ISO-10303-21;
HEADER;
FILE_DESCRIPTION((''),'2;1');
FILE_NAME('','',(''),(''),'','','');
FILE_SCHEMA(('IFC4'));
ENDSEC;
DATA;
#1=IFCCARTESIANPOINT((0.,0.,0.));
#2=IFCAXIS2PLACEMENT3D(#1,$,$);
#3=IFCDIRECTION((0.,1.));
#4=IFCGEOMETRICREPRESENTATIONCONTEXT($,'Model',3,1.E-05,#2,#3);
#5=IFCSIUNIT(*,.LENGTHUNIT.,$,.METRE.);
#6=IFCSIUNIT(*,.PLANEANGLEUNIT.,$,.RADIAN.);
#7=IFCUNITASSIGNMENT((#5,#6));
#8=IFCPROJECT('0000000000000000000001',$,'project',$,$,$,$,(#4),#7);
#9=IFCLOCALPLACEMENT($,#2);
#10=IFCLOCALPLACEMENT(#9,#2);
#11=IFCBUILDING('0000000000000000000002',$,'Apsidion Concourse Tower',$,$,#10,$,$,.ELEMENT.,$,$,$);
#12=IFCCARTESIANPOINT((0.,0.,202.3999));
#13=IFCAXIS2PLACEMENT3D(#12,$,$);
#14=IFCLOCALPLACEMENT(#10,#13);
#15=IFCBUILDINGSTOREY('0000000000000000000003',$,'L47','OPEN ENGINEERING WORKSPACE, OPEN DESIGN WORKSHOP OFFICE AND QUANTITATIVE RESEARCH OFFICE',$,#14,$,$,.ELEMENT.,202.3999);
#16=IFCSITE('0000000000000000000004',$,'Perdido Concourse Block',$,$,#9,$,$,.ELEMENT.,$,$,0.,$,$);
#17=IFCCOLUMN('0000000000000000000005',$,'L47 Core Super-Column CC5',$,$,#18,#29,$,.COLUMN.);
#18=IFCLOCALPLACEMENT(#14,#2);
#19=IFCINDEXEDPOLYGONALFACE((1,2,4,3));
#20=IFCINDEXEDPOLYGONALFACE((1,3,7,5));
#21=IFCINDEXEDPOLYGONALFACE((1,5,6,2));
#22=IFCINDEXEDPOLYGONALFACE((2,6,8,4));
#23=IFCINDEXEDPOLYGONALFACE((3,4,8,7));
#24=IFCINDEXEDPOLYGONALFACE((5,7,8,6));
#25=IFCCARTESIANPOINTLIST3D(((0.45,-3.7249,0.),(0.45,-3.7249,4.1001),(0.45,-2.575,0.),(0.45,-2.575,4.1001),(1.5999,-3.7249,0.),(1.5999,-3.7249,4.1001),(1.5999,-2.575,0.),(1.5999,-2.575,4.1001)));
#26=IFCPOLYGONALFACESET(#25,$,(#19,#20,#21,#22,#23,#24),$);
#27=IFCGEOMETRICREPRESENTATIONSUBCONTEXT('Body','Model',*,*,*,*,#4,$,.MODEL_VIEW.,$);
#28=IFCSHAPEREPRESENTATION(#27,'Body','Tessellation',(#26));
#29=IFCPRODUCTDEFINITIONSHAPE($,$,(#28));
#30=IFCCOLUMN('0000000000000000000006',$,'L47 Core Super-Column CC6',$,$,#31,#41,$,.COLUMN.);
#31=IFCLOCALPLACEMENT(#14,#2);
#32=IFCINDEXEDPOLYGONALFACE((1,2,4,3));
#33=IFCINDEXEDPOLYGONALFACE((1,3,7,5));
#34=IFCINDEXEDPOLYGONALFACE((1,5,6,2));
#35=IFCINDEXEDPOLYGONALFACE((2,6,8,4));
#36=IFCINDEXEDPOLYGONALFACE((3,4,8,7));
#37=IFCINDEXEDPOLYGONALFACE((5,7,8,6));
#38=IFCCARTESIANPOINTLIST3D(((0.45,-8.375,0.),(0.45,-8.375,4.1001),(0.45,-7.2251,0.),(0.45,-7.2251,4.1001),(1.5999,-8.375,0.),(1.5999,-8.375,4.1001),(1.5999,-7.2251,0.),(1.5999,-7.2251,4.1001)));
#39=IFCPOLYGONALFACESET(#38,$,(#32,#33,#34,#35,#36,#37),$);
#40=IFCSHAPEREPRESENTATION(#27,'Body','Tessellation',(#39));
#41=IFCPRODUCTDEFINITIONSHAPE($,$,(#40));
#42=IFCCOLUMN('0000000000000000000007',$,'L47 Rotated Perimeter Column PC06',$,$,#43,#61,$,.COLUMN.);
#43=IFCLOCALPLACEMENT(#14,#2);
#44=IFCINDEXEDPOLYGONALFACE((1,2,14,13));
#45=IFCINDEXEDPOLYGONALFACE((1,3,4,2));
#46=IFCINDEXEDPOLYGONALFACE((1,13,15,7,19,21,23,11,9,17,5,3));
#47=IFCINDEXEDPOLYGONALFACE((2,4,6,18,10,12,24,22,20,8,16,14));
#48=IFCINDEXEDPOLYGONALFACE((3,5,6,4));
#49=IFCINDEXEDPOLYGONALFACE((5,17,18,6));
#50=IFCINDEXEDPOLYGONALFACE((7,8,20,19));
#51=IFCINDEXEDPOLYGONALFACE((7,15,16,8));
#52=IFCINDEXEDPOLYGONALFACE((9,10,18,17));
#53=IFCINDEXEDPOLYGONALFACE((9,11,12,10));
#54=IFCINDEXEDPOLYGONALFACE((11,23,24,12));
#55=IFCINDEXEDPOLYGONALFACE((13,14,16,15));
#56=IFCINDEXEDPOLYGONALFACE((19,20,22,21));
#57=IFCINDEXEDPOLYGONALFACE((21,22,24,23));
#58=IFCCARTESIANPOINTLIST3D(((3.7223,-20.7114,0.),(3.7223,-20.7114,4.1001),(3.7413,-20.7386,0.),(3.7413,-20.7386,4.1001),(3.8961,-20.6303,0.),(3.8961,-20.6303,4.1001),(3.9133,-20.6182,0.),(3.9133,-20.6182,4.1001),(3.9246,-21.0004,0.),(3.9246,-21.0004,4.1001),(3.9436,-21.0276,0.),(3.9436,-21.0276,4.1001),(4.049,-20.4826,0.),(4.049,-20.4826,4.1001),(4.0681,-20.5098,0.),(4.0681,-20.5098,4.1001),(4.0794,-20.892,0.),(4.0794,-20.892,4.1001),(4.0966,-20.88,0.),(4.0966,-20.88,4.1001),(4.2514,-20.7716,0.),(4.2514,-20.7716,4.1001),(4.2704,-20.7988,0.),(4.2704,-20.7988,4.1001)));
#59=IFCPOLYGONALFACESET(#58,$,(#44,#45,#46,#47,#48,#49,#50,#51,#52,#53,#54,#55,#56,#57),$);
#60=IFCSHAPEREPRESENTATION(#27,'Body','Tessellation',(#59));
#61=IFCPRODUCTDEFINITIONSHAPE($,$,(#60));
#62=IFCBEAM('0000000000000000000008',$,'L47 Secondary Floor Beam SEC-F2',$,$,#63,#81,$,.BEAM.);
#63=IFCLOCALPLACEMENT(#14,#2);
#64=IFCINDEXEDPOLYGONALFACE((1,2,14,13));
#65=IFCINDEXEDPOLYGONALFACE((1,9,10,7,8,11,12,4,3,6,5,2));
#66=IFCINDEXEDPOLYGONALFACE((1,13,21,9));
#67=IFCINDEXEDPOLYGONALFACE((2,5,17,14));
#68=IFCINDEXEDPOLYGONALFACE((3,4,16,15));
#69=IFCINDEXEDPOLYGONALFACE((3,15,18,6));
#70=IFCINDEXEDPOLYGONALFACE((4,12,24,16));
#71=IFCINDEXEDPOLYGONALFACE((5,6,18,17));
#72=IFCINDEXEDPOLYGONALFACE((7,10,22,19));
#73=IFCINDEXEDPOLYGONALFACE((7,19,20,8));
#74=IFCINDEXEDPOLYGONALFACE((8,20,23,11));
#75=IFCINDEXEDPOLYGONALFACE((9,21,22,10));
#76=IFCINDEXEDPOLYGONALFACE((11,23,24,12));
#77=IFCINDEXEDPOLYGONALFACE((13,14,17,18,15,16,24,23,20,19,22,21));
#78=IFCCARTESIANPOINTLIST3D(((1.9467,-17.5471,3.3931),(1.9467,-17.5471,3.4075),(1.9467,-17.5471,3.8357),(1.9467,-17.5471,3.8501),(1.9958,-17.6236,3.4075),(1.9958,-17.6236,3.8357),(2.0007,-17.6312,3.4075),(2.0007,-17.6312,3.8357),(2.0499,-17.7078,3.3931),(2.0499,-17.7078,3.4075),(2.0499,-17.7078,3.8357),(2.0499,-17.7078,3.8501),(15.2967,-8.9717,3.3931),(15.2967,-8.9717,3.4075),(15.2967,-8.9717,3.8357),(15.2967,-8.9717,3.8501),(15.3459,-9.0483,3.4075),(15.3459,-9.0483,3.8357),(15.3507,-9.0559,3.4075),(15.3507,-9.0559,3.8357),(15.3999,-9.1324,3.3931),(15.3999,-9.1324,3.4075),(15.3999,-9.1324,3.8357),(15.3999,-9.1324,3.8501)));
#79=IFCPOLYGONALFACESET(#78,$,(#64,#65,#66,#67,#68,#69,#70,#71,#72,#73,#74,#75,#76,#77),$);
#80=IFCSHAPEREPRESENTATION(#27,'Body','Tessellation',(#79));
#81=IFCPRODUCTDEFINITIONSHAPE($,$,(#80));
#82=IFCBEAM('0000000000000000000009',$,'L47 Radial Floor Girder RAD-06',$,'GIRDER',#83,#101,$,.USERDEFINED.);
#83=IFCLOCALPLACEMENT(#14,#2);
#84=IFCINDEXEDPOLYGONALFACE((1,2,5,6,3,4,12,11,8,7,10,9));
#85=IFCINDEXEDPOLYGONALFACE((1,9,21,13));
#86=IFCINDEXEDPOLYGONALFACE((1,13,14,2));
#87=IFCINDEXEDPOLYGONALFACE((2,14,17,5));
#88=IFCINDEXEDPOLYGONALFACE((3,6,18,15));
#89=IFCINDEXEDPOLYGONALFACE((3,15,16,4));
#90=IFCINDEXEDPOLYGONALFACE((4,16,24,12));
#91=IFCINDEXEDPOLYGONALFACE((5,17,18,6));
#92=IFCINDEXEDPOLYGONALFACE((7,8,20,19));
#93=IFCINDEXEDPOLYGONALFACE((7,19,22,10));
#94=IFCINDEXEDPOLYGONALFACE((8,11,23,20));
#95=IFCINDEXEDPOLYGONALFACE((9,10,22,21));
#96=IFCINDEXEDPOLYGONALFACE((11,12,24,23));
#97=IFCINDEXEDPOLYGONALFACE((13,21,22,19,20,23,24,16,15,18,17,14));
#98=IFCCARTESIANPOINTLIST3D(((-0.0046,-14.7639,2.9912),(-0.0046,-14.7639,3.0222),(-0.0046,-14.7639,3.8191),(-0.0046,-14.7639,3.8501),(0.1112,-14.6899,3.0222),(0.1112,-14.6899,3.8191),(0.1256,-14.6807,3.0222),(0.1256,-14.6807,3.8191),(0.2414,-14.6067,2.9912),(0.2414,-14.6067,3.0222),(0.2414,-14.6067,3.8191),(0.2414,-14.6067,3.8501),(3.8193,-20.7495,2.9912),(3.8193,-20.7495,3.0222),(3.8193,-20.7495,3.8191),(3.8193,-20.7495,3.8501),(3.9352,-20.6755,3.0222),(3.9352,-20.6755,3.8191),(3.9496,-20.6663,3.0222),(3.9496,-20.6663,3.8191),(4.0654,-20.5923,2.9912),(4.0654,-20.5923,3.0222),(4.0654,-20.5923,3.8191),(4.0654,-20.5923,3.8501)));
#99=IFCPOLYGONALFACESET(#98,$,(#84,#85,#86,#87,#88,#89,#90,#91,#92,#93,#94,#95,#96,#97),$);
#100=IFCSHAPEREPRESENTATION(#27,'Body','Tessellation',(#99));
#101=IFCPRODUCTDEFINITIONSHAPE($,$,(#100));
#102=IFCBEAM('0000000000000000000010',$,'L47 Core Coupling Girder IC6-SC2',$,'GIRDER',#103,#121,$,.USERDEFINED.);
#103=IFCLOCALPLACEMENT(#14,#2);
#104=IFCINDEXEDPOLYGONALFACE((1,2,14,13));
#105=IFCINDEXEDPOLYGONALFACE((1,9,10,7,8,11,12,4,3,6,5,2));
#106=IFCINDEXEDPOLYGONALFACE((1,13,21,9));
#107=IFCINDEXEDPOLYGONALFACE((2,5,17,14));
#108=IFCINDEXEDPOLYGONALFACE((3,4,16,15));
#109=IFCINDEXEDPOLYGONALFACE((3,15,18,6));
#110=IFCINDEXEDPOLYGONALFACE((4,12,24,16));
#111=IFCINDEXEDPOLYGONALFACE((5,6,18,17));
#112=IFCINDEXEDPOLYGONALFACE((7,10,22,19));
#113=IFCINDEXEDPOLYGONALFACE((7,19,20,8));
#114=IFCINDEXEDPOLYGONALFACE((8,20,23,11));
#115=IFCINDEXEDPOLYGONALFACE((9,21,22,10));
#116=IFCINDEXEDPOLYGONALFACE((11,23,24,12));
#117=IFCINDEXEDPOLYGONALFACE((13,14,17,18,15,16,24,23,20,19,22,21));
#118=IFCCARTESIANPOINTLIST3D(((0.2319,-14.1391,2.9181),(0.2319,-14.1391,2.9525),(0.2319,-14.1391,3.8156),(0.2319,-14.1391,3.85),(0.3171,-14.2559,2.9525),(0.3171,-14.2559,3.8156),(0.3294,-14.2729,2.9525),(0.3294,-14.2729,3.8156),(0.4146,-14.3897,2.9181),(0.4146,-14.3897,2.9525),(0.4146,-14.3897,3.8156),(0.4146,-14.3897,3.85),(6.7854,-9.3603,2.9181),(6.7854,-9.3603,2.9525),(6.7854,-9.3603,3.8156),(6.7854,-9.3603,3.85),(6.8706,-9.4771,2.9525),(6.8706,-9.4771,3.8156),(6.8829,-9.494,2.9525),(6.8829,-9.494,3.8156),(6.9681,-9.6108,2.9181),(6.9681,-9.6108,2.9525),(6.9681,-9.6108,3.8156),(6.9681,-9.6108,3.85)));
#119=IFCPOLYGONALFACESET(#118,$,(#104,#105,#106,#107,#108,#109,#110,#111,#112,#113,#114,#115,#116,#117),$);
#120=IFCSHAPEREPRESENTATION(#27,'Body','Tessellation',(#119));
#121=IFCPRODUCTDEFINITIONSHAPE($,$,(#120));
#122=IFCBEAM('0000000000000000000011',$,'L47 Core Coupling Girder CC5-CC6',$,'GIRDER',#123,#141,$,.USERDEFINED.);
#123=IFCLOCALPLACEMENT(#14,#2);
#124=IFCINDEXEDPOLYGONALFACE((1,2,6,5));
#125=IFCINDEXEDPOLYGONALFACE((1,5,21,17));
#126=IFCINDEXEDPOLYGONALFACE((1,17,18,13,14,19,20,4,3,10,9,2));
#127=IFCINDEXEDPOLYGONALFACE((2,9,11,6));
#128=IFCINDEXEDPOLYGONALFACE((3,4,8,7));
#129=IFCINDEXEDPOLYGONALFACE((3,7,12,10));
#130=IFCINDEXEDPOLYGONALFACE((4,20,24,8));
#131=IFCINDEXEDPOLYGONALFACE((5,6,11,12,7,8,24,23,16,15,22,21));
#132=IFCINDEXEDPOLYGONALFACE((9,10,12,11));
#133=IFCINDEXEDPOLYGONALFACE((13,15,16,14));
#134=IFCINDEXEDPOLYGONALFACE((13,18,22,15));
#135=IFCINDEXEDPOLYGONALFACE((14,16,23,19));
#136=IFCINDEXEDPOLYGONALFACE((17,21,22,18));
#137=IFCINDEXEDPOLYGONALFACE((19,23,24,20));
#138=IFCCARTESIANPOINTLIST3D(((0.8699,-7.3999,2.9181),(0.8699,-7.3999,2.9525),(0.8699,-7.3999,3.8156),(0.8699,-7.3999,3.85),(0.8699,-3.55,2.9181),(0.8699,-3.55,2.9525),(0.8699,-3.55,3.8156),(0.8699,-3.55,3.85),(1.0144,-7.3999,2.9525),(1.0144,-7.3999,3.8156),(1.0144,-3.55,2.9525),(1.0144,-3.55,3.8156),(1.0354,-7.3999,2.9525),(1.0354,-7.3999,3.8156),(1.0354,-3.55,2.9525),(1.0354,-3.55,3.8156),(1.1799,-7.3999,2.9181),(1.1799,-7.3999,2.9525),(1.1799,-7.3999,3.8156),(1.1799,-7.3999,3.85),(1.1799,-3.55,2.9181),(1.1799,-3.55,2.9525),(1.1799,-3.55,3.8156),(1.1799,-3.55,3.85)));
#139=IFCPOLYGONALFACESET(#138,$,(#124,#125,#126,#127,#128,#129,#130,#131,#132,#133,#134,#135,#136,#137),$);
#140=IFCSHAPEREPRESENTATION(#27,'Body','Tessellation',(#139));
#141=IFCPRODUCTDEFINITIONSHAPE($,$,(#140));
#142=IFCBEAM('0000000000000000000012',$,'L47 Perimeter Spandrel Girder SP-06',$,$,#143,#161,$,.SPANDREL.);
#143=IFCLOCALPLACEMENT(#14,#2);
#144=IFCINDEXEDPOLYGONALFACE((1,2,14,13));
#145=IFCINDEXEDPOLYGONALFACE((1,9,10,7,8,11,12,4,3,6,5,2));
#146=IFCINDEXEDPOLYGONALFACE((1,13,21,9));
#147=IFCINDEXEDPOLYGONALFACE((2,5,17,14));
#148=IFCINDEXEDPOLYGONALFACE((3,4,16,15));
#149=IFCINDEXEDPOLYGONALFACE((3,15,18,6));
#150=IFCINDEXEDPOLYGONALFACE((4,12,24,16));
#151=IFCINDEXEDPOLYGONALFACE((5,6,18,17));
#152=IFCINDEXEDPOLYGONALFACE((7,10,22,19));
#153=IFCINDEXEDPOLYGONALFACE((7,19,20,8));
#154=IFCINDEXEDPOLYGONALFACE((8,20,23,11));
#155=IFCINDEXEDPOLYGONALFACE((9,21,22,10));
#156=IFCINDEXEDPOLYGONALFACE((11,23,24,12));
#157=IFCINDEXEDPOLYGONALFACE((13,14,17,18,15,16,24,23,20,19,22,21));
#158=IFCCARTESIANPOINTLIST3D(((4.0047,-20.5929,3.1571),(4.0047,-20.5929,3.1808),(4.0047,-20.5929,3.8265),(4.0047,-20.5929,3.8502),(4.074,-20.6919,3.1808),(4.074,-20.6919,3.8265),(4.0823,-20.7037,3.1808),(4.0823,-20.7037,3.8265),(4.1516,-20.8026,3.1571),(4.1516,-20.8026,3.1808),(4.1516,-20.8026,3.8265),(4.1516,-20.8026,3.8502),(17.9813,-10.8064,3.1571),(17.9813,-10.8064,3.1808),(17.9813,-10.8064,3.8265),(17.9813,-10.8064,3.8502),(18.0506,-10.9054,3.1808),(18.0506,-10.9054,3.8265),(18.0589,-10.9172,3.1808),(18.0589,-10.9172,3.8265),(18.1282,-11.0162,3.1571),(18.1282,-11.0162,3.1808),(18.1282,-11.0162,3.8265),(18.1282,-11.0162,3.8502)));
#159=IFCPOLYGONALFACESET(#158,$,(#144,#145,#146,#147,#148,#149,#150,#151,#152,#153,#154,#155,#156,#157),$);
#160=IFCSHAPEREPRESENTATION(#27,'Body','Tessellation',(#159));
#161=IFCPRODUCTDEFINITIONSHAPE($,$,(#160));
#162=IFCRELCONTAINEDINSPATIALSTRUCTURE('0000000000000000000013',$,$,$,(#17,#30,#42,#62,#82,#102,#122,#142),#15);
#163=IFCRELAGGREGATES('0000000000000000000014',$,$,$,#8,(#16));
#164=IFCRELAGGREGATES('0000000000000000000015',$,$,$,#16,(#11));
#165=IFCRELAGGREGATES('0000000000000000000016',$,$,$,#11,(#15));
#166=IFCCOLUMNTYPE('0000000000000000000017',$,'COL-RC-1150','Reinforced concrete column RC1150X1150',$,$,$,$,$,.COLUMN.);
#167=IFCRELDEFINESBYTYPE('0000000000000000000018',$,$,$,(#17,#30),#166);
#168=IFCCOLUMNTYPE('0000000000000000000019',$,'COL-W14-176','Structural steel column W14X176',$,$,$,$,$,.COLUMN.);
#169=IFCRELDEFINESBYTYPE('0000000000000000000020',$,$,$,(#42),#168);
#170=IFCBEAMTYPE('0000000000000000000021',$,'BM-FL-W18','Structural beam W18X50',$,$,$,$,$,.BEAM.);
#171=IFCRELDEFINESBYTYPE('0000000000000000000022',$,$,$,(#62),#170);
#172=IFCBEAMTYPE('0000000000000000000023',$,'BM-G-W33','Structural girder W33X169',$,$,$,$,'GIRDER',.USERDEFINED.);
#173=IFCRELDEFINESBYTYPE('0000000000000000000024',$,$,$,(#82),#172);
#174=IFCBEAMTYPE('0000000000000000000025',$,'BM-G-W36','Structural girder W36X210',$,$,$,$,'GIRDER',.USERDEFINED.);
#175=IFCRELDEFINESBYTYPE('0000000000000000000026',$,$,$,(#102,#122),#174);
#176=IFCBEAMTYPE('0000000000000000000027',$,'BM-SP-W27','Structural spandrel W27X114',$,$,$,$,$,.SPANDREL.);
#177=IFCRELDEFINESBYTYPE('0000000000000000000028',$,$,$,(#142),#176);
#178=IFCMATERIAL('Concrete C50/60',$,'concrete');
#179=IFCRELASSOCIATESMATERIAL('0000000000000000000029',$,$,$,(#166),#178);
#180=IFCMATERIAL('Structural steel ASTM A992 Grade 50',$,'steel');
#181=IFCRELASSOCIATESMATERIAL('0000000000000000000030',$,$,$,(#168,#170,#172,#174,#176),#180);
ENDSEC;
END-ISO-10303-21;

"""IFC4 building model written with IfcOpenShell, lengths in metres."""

from ifc_helpers import new_model, si_unit, direction, frame, origin, origin_2d, place, context, subcontext, project, spatial, rectangle, i_section, extrude, material, material_profile, profile_set, type_object, element, save


model = new_model("IFC4")

# Units and contexts
model_context = context("Model", 3, precision=1e-05, world=origin(), true_north=direction((0.0, 1.0)))
body_context = subcontext(model_context, "Body", "Model", "MODEL_VIEW")
ifc_project = project(units=[si_unit("LENGTHUNIT", "METRE"), si_unit("PLANEANGLEUNIT", "RADIAN")], contexts=[model_context])

# Site, building, storey
site_placement = place(None, origin())
site = spatial("IfcSite", under=ifc_project, at=site_placement, Name="Perdido Concourse Block", CompositionType="ELEMENT", RefElevation=0.0)
building_placement = place(site_placement, origin())
building = spatial("IfcBuilding", under=site, at=building_placement, Name="Apsidion Concourse Tower", CompositionType="ELEMENT")
storey_placement = place(building_placement, frame((0.0, 0.0, 202.3999)))
storey = spatial("IfcBuildingStorey", under=building, at=storey_placement, Name="L47", Description="OPEN ENGINEERING WORKSPACE, OPEN DESIGN WORKSHOP OFFICE AND QUANTITATIVE RESEARCH OFFICE", CompositionType="ELEMENT", Elevation=202.3999)

# Columns
ifc_material_1 = material(Name="Concrete C50/60", Category="concrete")
ifc_material_profile_1 = material_profile(ifc_material_1, rectangle(XDim=1.1499, YDim=1.1499, at=origin_2d()), Name="RC 1150x1150")
ifc_profile_set_1 = profile_set([ifc_material_profile_1], Name="Concrete C50/60")
column_type_1 = type_object("IfcColumnType", Name="COL-RC-1150", Description="Reinforced concrete column RC1150X1150", PredefinedType="COLUMN", material=ifc_profile_set_1)
for number, where, z_axis, x_axis, name in (
    (1, (1.0249, -3.1499, 0.0), (0.0, 0.0, 1.0), (1.0, 0.0, 0.0), "L47 Core Super-Column CC5"),
    (2, (1.0249, -7.8, 0.0), (0.0, 0.0, 1.0), (1.0, 0.0, 0.0), "L47 Core Super-Column CC6"),
):
    element("IfcColumn", number, at=place(storey_placement, frame(where, z_axis=z_axis, x_axis=x_axis)), inside=storey, type_object=column_type_1, Name=name, PredefinedType="COLUMN", context=body_context, shape_type="SweptSolid", body=[
        extrude(rectangle(XDim=1.1499, YDim=1.1499, at=origin_2d()), origin(), (0.0, 0.0, 1.0), 4.1001),
    ])
ifc_material_2 = material(Name="Structural steel ASTM A992 Grade 50", Category="steel")
ifc_material_profile_2 = material_profile(ifc_material_2, i_section(OverallWidth=0.3989, OverallDepth=0.386, WebThickness=0.021, FlangeThickness=0.0332, at=origin_2d()), Name="W14X176")
ifc_profile_set_2 = profile_set([ifc_material_profile_2], Name="Structural steel ASTM A992 Grade 50")
column_type_2 = type_object("IfcColumnType", Name="COL-W14-176", Description="Structural steel column W14X176", PredefinedType="COLUMN", material=ifc_profile_set_2)
column_placement = place(storey_placement, frame((3.9963, -20.7551, 0.0), z_axis=(0.0, 0.0, 1.0), x_axis=(0.819152, 0.573576, 0.0)))
element("IfcColumn", 3, at=column_placement, inside=storey, type_object=column_type_2, Name="L47 Rotated Perimeter Column PC06", PredefinedType="COLUMN", context=body_context, shape_type="SweptSolid", body=[
    extrude(i_section(OverallWidth=0.3989, OverallDepth=0.386, WebThickness=0.021, FlangeThickness=0.0332, at=origin_2d()), origin(), (0.0, 0.0, 1.0), 4.1001),
])

# Beams
ifc_material_profile_3 = material_profile(ifc_material_2, i_section(OverallWidth=0.1909, OverallDepth=0.457, WebThickness=0.009, FlangeThickness=0.0144, at=origin_2d()), Name="W18X50")
ifc_profile_set_3 = profile_set([ifc_material_profile_3], Name="Structural steel ASTM A992 Grade 50")
beam_type_1 = type_object("IfcBeamType", Name="BM-FL-W18", Description="Structural beam W18X50", PredefinedType="BEAM", material=ifc_profile_set_3)
beam_1_placement = place(storey_placement, frame((1.9983, -17.6274, 3.6216), z_axis=(0.841372, 0.540456, 0.0), x_axis=(-0.540456, 0.841372, 0.0)))
element("IfcBeam", 4, at=beam_1_placement, inside=storey, type_object=beam_type_1, Name="L47 Secondary Floor Beam SEC-F2", PredefinedType="BEAM", context=body_context, shape_type="SweptSolid", body=[
    extrude(i_section(OverallWidth=0.1909, OverallDepth=0.457, WebThickness=0.009, FlangeThickness=0.0144, at=origin_2d()), origin(), (0.0, 0.0, 1.0), 15.8669),
])
ifc_material_profile_4 = material_profile(ifc_material_2, i_section(OverallWidth=0.292, OverallDepth=0.8589, WebThickness=0.0171, FlangeThickness=0.031, at=origin_2d()), Name="W33X169")
ifc_profile_set_4 = profile_set([ifc_material_profile_4], Name="Structural steel ASTM A992 Grade 50")
beam_type_2 = type_object("IfcBeamType", Name="BM-G-W33", Description="Structural girder W33X169", ElementType="GIRDER", PredefinedType="USERDEFINED", material=ifc_profile_set_4)
beam_2_placement = place(storey_placement, frame((0.1184, -14.6853, 3.4207), z_axis=(0.538374, -0.842706, 0.0), x_axis=(0.842706, 0.538374, 0.0)))
element("IfcBeam", 5, at=beam_2_placement, inside=storey, type_object=beam_type_2, Name="L47 Radial Floor Girder RAD-06", ObjectType="GIRDER", PredefinedType="USERDEFINED", context=body_context, shape_type="SweptSolid", body=[
    extrude(i_section(OverallWidth=0.292, OverallDepth=0.8589, WebThickness=0.0171, FlangeThickness=0.031, at=origin_2d()), origin(), (0.0, 0.0, 1.0), 7.1028),
])
ifc_material_profile_5 = material_profile(ifc_material_2, i_section(OverallWidth=0.3101, OverallDepth=0.9319, WebThickness=0.021, FlangeThickness=0.0344, at=origin_2d()), Name="W36X210")
ifc_profile_set_5 = profile_set([ifc_material_profile_5], Name="Structural steel ASTM A992 Grade 50")
beam_type_3 = type_object("IfcBeamType", Name="BM-G-W36", Description="Structural girder W36X210", ElementType="GIRDER", PredefinedType="USERDEFINED", material=ifc_profile_set_5)
beam_3_placement = place(storey_placement, frame((0.3232, -14.2644, 3.384), z_axis=(0.807993, 0.589191, 0.0), x_axis=(-0.589191, 0.807993, 0.0)))
element("IfcBeam", 6, at=beam_3_placement, inside=storey, type_object=beam_type_3, Name="L47 Core Coupling Girder IC6-SC2", ObjectType="GIRDER", PredefinedType="USERDEFINED", context=body_context, shape_type="SweptSolid", body=[
    extrude(i_section(OverallWidth=0.3101, OverallDepth=0.9319, WebThickness=0.021, FlangeThickness=0.0344, at=origin_2d()), origin(), (0.0, 0.0, 1.0), 8.1108),
])
beam_4_placement = place(storey_placement, frame((1.0249, -3.55, 3.384), z_axis=(0.0, -1.0, 0.0), x_axis=(1.0, 0.0, 0.0)))
element("IfcBeam", 7, at=beam_4_placement, inside=storey, type_object=beam_type_3, Name="L47 Core Coupling Girder CC5-CC6", ObjectType="GIRDER", PredefinedType="USERDEFINED", context=body_context, shape_type="SweptSolid", body=[
    extrude(i_section(OverallWidth=0.3101, OverallDepth=0.9319, WebThickness=0.021, FlangeThickness=0.0344, at=origin_2d()), origin(), (0.0, 0.0, 1.0), 3.8499),
])
ifc_material_profile_6 = material_profile(ifc_material_2, i_section(OverallWidth=0.2561, OverallDepth=0.6931, WebThickness=0.0144, FlangeThickness=0.0237, at=origin_2d()), Name="W27X114")
ifc_profile_set_6 = profile_set([ifc_material_profile_6], Name="Structural steel ASTM A992 Grade 50")
beam_type_4 = type_object("IfcBeamType", Name="BM-SP-W27", Description="Structural spandrel W27X114", PredefinedType="SPANDREL", material=ifc_profile_set_6)
beam_5_placement = place(storey_placement, frame((4.0781, -20.6978, 3.5037), z_axis=(0.819155, 0.573572, 0.0), x_axis=(-0.573572, 0.819155, 0.0)))
element("IfcBeam", 8, at=beam_5_placement, inside=storey, type_object=beam_type_4, Name="L47 Perimeter Spandrel Girder SP-06", PredefinedType="SPANDREL", context=body_context, shape_type="SweptSolid", body=[
    extrude(i_section(OverallWidth=0.2561, OverallDepth=0.6931, WebThickness=0.0144, FlangeThickness=0.0237, at=origin_2d()), origin(), (0.0, 0.0, 1.0), 17.0623),
])

save(model, "model.ifc")
